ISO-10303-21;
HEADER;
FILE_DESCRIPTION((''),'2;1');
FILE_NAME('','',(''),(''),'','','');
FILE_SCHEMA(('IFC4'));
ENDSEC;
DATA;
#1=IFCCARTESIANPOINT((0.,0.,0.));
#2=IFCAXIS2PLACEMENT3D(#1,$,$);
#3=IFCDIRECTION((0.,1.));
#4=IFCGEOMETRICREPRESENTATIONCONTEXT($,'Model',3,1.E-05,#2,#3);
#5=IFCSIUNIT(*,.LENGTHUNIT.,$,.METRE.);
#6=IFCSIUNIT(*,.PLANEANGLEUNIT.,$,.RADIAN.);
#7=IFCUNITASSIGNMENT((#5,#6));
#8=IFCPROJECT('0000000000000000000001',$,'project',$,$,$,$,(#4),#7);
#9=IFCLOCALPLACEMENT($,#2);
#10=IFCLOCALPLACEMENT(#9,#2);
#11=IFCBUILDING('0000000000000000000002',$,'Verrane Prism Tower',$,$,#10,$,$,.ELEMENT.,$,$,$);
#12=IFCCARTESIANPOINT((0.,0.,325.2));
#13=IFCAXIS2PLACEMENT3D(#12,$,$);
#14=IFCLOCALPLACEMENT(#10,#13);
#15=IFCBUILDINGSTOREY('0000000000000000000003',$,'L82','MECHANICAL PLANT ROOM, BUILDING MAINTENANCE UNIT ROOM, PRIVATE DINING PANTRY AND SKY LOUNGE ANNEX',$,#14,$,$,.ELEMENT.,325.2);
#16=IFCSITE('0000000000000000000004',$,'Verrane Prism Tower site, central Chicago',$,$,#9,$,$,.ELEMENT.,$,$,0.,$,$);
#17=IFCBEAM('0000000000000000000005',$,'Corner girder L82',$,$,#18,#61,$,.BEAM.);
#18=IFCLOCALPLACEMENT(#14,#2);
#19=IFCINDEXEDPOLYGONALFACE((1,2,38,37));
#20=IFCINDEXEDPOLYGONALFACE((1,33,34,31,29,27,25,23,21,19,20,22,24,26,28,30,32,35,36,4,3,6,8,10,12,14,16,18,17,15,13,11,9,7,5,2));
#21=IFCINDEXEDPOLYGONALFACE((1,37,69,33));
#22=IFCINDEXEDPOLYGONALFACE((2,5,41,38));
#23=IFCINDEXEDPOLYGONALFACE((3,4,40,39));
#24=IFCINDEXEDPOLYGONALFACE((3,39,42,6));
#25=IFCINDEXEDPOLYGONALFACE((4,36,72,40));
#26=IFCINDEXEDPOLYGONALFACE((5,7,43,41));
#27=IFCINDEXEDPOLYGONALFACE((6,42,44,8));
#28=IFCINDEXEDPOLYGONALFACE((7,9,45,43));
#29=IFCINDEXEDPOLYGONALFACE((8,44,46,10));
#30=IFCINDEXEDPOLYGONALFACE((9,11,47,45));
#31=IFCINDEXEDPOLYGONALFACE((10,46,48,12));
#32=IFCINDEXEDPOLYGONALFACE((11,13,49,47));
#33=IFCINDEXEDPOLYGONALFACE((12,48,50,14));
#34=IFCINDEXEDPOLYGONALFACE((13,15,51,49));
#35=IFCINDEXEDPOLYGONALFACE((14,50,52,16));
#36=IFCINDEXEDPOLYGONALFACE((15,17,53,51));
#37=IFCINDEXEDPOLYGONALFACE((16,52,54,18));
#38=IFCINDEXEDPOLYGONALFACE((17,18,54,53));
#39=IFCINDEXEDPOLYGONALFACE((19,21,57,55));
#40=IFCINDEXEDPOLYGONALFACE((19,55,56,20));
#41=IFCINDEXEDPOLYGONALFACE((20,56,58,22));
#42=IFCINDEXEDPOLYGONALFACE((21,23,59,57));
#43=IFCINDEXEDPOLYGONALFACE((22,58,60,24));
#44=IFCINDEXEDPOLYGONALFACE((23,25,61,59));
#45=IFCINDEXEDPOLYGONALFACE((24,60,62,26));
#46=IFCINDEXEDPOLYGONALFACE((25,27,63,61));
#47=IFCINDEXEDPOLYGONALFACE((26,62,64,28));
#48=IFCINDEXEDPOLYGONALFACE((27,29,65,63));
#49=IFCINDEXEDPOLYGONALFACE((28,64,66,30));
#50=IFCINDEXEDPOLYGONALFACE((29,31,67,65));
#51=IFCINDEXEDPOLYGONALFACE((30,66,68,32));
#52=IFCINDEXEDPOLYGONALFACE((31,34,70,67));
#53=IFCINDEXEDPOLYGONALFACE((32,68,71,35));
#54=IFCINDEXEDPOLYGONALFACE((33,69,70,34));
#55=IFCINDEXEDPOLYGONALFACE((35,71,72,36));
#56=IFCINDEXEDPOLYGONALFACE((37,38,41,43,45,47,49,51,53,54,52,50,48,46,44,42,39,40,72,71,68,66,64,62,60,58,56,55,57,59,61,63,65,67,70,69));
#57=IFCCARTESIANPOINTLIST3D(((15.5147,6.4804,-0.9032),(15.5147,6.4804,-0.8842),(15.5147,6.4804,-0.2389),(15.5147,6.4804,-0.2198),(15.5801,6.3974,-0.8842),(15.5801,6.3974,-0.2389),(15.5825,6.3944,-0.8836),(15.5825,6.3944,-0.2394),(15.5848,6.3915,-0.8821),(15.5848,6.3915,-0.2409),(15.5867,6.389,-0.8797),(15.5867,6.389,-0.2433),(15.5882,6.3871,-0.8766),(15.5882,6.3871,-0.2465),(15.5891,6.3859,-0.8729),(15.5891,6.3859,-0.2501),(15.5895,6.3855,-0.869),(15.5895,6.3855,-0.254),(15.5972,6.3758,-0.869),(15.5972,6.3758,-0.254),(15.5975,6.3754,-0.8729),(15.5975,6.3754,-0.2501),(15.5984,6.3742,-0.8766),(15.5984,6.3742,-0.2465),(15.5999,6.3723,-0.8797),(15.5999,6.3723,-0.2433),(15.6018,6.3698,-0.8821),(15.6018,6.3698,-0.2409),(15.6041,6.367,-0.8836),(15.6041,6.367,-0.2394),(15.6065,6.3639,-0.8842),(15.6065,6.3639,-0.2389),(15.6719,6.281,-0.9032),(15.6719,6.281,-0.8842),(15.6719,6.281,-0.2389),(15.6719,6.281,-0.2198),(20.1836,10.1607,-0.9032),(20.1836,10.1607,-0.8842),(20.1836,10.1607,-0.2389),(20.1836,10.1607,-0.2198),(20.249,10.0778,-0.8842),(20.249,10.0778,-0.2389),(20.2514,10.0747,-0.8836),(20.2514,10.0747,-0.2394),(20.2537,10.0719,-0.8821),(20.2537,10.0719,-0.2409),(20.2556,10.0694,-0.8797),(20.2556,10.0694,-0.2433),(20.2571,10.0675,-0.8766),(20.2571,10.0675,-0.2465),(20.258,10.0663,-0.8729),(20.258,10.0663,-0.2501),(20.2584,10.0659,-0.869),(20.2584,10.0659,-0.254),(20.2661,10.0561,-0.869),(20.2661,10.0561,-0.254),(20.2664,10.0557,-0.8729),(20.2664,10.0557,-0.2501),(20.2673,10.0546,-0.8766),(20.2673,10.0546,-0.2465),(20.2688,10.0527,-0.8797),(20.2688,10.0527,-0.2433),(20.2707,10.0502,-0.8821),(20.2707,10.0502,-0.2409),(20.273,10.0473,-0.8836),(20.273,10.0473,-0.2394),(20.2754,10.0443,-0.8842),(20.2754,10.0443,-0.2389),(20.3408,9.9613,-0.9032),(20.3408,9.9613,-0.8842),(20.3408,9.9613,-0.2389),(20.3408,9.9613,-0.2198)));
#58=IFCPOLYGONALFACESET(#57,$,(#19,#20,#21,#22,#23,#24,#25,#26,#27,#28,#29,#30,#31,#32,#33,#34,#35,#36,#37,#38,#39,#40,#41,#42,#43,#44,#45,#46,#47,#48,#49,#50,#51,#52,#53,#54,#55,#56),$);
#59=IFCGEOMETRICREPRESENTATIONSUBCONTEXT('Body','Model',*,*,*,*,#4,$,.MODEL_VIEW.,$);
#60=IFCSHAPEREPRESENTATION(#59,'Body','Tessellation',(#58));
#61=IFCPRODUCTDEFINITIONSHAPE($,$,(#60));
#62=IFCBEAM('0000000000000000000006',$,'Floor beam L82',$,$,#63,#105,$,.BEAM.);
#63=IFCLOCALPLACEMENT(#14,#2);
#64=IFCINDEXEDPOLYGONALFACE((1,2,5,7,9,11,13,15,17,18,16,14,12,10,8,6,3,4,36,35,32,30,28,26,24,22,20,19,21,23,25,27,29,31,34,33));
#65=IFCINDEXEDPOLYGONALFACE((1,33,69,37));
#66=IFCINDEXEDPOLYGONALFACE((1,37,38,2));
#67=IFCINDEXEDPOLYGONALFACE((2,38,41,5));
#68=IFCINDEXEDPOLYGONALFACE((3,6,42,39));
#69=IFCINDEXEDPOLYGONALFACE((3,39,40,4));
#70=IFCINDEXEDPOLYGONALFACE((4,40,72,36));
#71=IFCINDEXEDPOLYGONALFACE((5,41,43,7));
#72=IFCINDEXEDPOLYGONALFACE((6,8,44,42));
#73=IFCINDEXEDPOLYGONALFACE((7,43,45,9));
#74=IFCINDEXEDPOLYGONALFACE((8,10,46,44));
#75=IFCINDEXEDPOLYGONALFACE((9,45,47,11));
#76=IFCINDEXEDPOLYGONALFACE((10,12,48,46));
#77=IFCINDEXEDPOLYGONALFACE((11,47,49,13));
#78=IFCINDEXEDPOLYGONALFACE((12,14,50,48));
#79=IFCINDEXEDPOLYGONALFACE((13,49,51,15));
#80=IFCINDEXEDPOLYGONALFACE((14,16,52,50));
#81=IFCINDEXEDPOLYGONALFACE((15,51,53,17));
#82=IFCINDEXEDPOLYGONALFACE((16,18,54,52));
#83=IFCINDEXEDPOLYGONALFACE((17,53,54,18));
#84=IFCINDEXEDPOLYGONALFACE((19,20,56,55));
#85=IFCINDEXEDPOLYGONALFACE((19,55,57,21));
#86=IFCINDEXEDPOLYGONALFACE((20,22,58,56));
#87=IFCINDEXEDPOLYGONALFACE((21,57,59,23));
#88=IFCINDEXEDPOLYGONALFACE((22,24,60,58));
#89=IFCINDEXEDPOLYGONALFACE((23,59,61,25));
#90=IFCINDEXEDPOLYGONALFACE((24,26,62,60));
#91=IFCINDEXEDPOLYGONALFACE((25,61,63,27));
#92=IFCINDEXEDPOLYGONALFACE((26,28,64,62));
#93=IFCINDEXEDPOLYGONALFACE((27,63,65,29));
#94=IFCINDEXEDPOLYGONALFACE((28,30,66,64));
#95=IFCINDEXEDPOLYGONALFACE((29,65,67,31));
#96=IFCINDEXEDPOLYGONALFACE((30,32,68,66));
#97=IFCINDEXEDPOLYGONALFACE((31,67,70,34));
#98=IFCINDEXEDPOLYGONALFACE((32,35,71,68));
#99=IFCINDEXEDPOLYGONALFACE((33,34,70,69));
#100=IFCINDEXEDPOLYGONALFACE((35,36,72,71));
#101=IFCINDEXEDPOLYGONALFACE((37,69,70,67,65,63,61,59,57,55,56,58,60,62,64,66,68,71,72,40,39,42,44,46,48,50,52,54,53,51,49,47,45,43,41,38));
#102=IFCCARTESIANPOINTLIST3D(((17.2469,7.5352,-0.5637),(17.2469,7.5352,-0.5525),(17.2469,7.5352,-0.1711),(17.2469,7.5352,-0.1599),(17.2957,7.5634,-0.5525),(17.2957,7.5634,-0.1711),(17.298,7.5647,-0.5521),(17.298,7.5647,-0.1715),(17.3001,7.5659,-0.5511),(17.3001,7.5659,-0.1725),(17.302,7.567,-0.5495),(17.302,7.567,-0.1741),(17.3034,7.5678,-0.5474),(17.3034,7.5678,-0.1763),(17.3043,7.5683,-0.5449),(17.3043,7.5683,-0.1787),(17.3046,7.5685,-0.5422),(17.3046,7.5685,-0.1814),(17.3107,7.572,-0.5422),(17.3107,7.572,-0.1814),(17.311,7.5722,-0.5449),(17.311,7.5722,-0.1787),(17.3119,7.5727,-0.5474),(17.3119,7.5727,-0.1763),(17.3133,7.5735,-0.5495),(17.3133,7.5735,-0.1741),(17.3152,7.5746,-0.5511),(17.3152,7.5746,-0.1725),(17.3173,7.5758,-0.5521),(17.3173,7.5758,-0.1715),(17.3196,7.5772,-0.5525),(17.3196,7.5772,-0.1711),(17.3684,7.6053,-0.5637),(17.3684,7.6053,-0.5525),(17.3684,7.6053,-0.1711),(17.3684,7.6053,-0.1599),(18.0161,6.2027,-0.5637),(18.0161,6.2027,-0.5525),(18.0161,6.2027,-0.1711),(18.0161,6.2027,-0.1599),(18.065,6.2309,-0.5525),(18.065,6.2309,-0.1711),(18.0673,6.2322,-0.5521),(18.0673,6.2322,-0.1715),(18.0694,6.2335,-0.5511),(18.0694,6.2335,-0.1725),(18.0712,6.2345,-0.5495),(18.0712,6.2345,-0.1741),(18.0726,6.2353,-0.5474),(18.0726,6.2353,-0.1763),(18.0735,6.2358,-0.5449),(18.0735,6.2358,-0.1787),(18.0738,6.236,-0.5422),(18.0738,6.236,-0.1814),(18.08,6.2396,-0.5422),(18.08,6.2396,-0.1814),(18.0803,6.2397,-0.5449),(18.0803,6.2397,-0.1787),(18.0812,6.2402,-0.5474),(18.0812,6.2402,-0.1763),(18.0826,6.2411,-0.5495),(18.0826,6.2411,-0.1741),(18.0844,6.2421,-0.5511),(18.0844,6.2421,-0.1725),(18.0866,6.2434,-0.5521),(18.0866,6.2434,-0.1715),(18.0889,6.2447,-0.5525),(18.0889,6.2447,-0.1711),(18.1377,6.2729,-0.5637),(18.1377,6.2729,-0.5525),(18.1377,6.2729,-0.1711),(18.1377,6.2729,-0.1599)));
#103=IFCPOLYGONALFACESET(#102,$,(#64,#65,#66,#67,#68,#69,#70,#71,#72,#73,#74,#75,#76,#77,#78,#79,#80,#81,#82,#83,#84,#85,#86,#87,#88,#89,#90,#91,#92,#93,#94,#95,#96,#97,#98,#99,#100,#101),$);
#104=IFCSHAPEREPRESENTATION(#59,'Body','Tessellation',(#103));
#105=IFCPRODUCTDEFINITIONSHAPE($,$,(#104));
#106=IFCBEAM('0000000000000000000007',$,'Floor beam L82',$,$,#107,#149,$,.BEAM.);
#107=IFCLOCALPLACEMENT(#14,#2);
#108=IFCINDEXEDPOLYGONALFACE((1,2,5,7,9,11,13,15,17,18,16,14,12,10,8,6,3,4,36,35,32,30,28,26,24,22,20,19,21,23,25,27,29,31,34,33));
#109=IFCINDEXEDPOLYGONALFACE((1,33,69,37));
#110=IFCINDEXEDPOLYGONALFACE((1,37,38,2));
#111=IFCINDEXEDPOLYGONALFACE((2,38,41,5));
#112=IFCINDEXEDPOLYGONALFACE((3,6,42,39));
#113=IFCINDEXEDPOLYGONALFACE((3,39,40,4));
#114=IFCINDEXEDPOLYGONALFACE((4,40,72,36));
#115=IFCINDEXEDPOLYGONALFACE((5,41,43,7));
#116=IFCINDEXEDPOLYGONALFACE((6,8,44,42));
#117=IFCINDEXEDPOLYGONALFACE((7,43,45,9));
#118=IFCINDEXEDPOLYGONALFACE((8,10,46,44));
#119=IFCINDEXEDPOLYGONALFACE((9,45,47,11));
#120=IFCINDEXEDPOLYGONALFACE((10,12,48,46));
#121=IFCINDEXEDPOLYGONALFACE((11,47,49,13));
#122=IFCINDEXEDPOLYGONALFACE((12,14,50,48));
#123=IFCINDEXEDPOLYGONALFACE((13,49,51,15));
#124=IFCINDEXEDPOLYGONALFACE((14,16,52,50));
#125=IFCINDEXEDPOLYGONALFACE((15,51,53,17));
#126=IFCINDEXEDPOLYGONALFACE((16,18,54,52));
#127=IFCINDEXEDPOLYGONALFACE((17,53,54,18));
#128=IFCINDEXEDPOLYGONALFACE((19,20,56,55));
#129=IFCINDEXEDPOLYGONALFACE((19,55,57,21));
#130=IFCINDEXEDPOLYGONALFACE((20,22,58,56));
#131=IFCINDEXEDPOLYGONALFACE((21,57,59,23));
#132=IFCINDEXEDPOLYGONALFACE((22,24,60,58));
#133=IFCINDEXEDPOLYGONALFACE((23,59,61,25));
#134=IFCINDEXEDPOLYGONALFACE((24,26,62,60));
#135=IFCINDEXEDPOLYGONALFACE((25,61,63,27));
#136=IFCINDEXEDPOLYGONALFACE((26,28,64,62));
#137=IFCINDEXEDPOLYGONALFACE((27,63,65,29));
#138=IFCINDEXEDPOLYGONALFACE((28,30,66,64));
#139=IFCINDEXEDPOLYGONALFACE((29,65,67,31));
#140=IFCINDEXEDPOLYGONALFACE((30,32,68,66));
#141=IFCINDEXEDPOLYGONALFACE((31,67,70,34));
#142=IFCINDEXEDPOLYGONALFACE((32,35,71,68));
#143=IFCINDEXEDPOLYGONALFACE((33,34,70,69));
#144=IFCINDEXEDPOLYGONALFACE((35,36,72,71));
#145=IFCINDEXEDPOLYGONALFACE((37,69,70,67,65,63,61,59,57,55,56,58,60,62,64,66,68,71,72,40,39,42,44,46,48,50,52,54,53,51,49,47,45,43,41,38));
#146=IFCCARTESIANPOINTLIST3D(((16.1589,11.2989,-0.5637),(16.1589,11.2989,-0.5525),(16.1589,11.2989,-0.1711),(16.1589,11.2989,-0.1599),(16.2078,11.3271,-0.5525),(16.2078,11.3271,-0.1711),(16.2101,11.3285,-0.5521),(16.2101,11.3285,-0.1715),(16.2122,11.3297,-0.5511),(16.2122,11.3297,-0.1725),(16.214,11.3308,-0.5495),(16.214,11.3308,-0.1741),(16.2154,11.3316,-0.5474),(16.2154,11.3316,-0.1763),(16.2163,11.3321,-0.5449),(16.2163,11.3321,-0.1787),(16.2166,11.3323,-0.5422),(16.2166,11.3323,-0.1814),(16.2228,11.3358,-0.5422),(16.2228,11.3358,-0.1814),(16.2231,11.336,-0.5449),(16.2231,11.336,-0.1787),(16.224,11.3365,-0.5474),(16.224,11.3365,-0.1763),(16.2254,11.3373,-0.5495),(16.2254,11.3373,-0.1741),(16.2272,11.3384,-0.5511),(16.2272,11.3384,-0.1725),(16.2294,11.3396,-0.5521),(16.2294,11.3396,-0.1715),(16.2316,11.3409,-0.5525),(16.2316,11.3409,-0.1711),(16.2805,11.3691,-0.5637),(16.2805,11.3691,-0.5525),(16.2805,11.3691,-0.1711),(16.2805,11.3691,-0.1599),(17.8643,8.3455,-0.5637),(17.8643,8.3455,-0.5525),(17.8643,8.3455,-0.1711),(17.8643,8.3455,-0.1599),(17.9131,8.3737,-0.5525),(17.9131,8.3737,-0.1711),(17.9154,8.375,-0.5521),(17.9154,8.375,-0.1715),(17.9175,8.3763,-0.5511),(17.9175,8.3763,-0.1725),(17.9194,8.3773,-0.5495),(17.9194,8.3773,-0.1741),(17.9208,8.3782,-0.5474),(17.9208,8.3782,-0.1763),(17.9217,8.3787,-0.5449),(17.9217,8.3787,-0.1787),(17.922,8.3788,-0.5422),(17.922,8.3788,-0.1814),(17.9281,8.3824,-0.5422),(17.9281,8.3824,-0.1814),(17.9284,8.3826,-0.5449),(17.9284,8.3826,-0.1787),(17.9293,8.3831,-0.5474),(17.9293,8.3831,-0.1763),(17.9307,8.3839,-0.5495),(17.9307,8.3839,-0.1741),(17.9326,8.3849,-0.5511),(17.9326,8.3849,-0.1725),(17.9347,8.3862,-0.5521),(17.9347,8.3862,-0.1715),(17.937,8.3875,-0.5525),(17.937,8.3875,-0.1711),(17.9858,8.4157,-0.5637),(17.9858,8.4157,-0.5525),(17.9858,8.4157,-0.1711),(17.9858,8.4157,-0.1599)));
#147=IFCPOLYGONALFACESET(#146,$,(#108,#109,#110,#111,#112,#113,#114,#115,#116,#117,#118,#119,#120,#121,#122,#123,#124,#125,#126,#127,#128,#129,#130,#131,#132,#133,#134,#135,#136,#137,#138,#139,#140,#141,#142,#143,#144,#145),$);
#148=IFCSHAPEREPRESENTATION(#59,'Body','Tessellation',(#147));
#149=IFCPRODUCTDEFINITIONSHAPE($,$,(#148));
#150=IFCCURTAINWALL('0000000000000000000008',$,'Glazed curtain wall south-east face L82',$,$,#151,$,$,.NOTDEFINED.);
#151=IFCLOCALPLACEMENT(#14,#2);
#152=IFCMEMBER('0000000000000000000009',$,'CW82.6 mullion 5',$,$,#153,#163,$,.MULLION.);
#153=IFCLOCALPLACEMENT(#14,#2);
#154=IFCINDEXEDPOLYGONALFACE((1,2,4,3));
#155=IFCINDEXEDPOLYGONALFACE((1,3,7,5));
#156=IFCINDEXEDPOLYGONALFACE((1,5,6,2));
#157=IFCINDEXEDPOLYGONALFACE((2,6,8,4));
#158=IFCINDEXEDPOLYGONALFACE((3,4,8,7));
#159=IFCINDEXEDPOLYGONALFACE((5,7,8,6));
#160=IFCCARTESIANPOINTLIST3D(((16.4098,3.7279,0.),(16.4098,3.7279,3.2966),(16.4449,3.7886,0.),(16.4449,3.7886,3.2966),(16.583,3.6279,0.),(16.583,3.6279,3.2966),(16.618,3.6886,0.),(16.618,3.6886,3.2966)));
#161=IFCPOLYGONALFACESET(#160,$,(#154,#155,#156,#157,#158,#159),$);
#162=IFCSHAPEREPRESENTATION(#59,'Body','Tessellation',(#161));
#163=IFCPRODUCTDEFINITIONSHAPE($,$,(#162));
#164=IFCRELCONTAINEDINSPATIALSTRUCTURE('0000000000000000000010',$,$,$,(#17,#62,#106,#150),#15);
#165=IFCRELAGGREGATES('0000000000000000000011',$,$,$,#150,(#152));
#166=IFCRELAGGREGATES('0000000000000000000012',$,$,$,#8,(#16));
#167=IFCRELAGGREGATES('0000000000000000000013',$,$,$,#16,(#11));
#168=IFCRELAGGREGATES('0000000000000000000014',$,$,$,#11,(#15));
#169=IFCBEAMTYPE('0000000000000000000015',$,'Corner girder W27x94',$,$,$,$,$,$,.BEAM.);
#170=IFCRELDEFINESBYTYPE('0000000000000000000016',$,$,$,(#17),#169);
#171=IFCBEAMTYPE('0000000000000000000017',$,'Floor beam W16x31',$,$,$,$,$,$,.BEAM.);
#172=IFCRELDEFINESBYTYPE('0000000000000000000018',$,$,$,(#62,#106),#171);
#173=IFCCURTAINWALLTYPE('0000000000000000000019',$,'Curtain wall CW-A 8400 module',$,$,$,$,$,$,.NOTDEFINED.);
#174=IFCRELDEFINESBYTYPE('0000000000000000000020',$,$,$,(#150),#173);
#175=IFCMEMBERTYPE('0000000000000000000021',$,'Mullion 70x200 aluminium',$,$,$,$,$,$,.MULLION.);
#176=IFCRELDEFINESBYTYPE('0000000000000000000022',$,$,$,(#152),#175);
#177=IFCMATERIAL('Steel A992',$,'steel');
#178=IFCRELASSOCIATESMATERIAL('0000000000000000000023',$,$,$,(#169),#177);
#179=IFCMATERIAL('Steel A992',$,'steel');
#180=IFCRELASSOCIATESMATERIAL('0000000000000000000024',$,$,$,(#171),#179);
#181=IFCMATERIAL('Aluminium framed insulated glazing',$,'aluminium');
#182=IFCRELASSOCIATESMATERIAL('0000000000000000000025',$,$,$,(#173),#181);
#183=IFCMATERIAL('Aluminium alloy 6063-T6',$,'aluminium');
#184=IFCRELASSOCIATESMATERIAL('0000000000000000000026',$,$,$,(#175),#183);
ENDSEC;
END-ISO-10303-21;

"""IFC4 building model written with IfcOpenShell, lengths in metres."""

from ifc_helpers import new_model, si_unit, direction, frame, origin, origin_2d, place, context, subcontext, project, spatial, rectangle, i_section, extrude, material, material_profile, profile_set, type_object, element, aggregate, save


model = new_model("IFC4")

# Units and contexts
model_context = context("Model", 3, precision=1e-05, world=origin(), true_north=direction((0.0, 1.0)))
body_context = subcontext(model_context, "Body", "Model", "MODEL_VIEW")
ifc_project = project(units=[si_unit("LENGTHUNIT", "METRE"), si_unit("PLANEANGLEUNIT", "RADIAN")], contexts=[model_context])

# Site, building, storey
site_placement = place(None, origin())
site = spatial("IfcSite", under=ifc_project, at=site_placement, Name="Verrane Prism Tower site, central Chicago", CompositionType="ELEMENT", RefElevation=0.0)
building_placement = place(site_placement, origin())
building = spatial("IfcBuilding", under=site, at=building_placement, Name="Verrane Prism Tower", CompositionType="ELEMENT")
storey_placement = place(building_placement, frame((0.0, 0.0, 325.2)))
storey = spatial("IfcBuildingStorey", under=building, at=storey_placement, Name="L82", Description="MECHANICAL PLANT ROOM, BUILDING MAINTENANCE UNIT ROOM, PRIVATE DINING PANTRY AND SKY LOUNGE ANNEX", CompositionType="ELEMENT", Elevation=325.2)

# Beams
ifc_material_1 = material(Name="Steel A992", Category="steel")
ifc_material_profile_1 = material_profile(ifc_material_1, i_section(OverallWidth=0.2539, OverallDepth=0.6833, WebThickness=0.0125, FlangeThickness=0.019, FilletRadius=0.0151, at=origin_2d()), Name="W27x94")
ifc_profile_set_1 = profile_set([ifc_material_profile_1], Name="Steel A992")
beam_type_1 = type_object("IfcBeamType", Name="Corner girder W27x94", PredefinedType="BEAM", material=ifc_profile_set_1)
beam_1_placement = place(storey_placement, frame((20.2622, 10.061, -0.5615), z_axis=(-0.78534, -0.619065, 0.0), x_axis=(0.619065, -0.78534, 0.0)))
element("IfcBeam", 1, at=beam_1_placement, inside=storey, type_object=beam_type_1, Name="Corner girder L82", PredefinedType="BEAM", context=body_context, shape_type="SweptSolid", body=[
    extrude(i_section(OverallWidth=0.2539, OverallDepth=0.6833, WebThickness=0.0125, FlangeThickness=0.019, FilletRadius=0.0151, at=origin_2d()), origin(), (0.0, 0.0, 1.0), 5.9451),
])
ifc_material_2 = material(Name="Steel A992", Category="steel")
ifc_material_profile_2 = material_profile(ifc_material_2, i_section(OverallWidth=0.1404, OverallDepth=0.4038, WebThickness=0.0071, FlangeThickness=0.0112, FilletRadius=0.0103, at=origin_2d()), Name="W16x31")
ifc_profile_set_2 = profile_set([ifc_material_profile_2], Name="Steel A992")
beam_type_2 = type_object("IfcBeamType", Name="Floor beam W16x31", PredefinedType="BEAM", material=ifc_profile_set_2)
beam_2_placement = place(storey_placement, frame((18.0769, 6.2378, -0.3618), z_axis=(-0.499979, 0.866038, 0.0), x_axis=(-0.866038, -0.499979, 0.0)))
element("IfcBeam", 2, at=beam_2_placement, inside=storey, type_object=beam_type_2, Name="Floor beam L82", PredefinedType="BEAM", context=body_context, shape_type="SweptSolid", body=[
    extrude(i_section(OverallWidth=0.1404, OverallDepth=0.4038, WebThickness=0.0071, FlangeThickness=0.0112, FilletRadius=0.0103, at=origin_2d()), origin(), (0.0, 0.0, 1.0), 1.5386),
])
beam_3_placement = place(storey_placement, frame((17.925, 8.3806, -0.3618), z_axis=(-0.500043, 0.866001, 0.0), x_axis=(-0.866001, -0.500043, 0.0)))
element("IfcBeam", 3, at=beam_3_placement, inside=storey, type_object=beam_type_2, Name="Floor beam L82", PredefinedType="BEAM", context=body_context, shape_type="SweptSolid", body=[
    extrude(i_section(OverallWidth=0.1404, OverallDepth=0.4038, WebThickness=0.0071, FlangeThickness=0.0112, FilletRadius=0.0103, at=origin_2d()), origin(), (0.0, 0.0, 1.0), 3.4104),
])

# Curtain wall, member
ifc_material_3 = material(Name="Aluminium framed insulated glazing", Category="aluminium")
curtain_wall_type = type_object("IfcCurtainWallType", Name="Curtain wall CW-A 8400 module", PredefinedType="NOTDEFINED", material=ifc_material_3)
curtain_wall_placement = place(storey_placement, origin())
curtain_wall = element("IfcCurtainWall", 4, at=curtain_wall_placement, inside=storey, type_object=curtain_wall_type, Name="Glazed curtain wall south-east face L82", PredefinedType="NOTDEFINED")
ifc_material_4 = material(Name="Aluminium alloy 6063-T6", Category="aluminium")
ifc_material_profile_3 = material_profile(ifc_material_4, rectangle(XDim=0.2, YDim=0.0701, at=origin_2d()), Name="Mullion 70x200 aluminium")
ifc_profile_set_3 = profile_set([ifc_material_profile_3], Name="Aluminium alloy 6063-T6")
member_type_1 = type_object("IfcMemberType", Name="Mullion 70x200 aluminium", PredefinedType="MULLION", material=ifc_profile_set_3)
member_1_placement = place(storey_placement, frame((16.5139, 3.7083, 0.0), z_axis=(0.0, 0.0, 1.0), x_axis=(-0.866025, 0.5, 0.0)))
member_1 = element("IfcMember", 5, at=member_1_placement, type_object=member_type_1, Name="CW82.6 mullion 5", PredefinedType="MULLION", context=body_context, shape_type="SweptSolid", body=[
    extrude(rectangle(XDim=0.2, YDim=0.0701, at=origin_2d()), origin(), (0.0, 0.0, 1.0), 3.2966),
])

aggregate(curtain_wall, [member_1])

save(model, "model.ifc")
